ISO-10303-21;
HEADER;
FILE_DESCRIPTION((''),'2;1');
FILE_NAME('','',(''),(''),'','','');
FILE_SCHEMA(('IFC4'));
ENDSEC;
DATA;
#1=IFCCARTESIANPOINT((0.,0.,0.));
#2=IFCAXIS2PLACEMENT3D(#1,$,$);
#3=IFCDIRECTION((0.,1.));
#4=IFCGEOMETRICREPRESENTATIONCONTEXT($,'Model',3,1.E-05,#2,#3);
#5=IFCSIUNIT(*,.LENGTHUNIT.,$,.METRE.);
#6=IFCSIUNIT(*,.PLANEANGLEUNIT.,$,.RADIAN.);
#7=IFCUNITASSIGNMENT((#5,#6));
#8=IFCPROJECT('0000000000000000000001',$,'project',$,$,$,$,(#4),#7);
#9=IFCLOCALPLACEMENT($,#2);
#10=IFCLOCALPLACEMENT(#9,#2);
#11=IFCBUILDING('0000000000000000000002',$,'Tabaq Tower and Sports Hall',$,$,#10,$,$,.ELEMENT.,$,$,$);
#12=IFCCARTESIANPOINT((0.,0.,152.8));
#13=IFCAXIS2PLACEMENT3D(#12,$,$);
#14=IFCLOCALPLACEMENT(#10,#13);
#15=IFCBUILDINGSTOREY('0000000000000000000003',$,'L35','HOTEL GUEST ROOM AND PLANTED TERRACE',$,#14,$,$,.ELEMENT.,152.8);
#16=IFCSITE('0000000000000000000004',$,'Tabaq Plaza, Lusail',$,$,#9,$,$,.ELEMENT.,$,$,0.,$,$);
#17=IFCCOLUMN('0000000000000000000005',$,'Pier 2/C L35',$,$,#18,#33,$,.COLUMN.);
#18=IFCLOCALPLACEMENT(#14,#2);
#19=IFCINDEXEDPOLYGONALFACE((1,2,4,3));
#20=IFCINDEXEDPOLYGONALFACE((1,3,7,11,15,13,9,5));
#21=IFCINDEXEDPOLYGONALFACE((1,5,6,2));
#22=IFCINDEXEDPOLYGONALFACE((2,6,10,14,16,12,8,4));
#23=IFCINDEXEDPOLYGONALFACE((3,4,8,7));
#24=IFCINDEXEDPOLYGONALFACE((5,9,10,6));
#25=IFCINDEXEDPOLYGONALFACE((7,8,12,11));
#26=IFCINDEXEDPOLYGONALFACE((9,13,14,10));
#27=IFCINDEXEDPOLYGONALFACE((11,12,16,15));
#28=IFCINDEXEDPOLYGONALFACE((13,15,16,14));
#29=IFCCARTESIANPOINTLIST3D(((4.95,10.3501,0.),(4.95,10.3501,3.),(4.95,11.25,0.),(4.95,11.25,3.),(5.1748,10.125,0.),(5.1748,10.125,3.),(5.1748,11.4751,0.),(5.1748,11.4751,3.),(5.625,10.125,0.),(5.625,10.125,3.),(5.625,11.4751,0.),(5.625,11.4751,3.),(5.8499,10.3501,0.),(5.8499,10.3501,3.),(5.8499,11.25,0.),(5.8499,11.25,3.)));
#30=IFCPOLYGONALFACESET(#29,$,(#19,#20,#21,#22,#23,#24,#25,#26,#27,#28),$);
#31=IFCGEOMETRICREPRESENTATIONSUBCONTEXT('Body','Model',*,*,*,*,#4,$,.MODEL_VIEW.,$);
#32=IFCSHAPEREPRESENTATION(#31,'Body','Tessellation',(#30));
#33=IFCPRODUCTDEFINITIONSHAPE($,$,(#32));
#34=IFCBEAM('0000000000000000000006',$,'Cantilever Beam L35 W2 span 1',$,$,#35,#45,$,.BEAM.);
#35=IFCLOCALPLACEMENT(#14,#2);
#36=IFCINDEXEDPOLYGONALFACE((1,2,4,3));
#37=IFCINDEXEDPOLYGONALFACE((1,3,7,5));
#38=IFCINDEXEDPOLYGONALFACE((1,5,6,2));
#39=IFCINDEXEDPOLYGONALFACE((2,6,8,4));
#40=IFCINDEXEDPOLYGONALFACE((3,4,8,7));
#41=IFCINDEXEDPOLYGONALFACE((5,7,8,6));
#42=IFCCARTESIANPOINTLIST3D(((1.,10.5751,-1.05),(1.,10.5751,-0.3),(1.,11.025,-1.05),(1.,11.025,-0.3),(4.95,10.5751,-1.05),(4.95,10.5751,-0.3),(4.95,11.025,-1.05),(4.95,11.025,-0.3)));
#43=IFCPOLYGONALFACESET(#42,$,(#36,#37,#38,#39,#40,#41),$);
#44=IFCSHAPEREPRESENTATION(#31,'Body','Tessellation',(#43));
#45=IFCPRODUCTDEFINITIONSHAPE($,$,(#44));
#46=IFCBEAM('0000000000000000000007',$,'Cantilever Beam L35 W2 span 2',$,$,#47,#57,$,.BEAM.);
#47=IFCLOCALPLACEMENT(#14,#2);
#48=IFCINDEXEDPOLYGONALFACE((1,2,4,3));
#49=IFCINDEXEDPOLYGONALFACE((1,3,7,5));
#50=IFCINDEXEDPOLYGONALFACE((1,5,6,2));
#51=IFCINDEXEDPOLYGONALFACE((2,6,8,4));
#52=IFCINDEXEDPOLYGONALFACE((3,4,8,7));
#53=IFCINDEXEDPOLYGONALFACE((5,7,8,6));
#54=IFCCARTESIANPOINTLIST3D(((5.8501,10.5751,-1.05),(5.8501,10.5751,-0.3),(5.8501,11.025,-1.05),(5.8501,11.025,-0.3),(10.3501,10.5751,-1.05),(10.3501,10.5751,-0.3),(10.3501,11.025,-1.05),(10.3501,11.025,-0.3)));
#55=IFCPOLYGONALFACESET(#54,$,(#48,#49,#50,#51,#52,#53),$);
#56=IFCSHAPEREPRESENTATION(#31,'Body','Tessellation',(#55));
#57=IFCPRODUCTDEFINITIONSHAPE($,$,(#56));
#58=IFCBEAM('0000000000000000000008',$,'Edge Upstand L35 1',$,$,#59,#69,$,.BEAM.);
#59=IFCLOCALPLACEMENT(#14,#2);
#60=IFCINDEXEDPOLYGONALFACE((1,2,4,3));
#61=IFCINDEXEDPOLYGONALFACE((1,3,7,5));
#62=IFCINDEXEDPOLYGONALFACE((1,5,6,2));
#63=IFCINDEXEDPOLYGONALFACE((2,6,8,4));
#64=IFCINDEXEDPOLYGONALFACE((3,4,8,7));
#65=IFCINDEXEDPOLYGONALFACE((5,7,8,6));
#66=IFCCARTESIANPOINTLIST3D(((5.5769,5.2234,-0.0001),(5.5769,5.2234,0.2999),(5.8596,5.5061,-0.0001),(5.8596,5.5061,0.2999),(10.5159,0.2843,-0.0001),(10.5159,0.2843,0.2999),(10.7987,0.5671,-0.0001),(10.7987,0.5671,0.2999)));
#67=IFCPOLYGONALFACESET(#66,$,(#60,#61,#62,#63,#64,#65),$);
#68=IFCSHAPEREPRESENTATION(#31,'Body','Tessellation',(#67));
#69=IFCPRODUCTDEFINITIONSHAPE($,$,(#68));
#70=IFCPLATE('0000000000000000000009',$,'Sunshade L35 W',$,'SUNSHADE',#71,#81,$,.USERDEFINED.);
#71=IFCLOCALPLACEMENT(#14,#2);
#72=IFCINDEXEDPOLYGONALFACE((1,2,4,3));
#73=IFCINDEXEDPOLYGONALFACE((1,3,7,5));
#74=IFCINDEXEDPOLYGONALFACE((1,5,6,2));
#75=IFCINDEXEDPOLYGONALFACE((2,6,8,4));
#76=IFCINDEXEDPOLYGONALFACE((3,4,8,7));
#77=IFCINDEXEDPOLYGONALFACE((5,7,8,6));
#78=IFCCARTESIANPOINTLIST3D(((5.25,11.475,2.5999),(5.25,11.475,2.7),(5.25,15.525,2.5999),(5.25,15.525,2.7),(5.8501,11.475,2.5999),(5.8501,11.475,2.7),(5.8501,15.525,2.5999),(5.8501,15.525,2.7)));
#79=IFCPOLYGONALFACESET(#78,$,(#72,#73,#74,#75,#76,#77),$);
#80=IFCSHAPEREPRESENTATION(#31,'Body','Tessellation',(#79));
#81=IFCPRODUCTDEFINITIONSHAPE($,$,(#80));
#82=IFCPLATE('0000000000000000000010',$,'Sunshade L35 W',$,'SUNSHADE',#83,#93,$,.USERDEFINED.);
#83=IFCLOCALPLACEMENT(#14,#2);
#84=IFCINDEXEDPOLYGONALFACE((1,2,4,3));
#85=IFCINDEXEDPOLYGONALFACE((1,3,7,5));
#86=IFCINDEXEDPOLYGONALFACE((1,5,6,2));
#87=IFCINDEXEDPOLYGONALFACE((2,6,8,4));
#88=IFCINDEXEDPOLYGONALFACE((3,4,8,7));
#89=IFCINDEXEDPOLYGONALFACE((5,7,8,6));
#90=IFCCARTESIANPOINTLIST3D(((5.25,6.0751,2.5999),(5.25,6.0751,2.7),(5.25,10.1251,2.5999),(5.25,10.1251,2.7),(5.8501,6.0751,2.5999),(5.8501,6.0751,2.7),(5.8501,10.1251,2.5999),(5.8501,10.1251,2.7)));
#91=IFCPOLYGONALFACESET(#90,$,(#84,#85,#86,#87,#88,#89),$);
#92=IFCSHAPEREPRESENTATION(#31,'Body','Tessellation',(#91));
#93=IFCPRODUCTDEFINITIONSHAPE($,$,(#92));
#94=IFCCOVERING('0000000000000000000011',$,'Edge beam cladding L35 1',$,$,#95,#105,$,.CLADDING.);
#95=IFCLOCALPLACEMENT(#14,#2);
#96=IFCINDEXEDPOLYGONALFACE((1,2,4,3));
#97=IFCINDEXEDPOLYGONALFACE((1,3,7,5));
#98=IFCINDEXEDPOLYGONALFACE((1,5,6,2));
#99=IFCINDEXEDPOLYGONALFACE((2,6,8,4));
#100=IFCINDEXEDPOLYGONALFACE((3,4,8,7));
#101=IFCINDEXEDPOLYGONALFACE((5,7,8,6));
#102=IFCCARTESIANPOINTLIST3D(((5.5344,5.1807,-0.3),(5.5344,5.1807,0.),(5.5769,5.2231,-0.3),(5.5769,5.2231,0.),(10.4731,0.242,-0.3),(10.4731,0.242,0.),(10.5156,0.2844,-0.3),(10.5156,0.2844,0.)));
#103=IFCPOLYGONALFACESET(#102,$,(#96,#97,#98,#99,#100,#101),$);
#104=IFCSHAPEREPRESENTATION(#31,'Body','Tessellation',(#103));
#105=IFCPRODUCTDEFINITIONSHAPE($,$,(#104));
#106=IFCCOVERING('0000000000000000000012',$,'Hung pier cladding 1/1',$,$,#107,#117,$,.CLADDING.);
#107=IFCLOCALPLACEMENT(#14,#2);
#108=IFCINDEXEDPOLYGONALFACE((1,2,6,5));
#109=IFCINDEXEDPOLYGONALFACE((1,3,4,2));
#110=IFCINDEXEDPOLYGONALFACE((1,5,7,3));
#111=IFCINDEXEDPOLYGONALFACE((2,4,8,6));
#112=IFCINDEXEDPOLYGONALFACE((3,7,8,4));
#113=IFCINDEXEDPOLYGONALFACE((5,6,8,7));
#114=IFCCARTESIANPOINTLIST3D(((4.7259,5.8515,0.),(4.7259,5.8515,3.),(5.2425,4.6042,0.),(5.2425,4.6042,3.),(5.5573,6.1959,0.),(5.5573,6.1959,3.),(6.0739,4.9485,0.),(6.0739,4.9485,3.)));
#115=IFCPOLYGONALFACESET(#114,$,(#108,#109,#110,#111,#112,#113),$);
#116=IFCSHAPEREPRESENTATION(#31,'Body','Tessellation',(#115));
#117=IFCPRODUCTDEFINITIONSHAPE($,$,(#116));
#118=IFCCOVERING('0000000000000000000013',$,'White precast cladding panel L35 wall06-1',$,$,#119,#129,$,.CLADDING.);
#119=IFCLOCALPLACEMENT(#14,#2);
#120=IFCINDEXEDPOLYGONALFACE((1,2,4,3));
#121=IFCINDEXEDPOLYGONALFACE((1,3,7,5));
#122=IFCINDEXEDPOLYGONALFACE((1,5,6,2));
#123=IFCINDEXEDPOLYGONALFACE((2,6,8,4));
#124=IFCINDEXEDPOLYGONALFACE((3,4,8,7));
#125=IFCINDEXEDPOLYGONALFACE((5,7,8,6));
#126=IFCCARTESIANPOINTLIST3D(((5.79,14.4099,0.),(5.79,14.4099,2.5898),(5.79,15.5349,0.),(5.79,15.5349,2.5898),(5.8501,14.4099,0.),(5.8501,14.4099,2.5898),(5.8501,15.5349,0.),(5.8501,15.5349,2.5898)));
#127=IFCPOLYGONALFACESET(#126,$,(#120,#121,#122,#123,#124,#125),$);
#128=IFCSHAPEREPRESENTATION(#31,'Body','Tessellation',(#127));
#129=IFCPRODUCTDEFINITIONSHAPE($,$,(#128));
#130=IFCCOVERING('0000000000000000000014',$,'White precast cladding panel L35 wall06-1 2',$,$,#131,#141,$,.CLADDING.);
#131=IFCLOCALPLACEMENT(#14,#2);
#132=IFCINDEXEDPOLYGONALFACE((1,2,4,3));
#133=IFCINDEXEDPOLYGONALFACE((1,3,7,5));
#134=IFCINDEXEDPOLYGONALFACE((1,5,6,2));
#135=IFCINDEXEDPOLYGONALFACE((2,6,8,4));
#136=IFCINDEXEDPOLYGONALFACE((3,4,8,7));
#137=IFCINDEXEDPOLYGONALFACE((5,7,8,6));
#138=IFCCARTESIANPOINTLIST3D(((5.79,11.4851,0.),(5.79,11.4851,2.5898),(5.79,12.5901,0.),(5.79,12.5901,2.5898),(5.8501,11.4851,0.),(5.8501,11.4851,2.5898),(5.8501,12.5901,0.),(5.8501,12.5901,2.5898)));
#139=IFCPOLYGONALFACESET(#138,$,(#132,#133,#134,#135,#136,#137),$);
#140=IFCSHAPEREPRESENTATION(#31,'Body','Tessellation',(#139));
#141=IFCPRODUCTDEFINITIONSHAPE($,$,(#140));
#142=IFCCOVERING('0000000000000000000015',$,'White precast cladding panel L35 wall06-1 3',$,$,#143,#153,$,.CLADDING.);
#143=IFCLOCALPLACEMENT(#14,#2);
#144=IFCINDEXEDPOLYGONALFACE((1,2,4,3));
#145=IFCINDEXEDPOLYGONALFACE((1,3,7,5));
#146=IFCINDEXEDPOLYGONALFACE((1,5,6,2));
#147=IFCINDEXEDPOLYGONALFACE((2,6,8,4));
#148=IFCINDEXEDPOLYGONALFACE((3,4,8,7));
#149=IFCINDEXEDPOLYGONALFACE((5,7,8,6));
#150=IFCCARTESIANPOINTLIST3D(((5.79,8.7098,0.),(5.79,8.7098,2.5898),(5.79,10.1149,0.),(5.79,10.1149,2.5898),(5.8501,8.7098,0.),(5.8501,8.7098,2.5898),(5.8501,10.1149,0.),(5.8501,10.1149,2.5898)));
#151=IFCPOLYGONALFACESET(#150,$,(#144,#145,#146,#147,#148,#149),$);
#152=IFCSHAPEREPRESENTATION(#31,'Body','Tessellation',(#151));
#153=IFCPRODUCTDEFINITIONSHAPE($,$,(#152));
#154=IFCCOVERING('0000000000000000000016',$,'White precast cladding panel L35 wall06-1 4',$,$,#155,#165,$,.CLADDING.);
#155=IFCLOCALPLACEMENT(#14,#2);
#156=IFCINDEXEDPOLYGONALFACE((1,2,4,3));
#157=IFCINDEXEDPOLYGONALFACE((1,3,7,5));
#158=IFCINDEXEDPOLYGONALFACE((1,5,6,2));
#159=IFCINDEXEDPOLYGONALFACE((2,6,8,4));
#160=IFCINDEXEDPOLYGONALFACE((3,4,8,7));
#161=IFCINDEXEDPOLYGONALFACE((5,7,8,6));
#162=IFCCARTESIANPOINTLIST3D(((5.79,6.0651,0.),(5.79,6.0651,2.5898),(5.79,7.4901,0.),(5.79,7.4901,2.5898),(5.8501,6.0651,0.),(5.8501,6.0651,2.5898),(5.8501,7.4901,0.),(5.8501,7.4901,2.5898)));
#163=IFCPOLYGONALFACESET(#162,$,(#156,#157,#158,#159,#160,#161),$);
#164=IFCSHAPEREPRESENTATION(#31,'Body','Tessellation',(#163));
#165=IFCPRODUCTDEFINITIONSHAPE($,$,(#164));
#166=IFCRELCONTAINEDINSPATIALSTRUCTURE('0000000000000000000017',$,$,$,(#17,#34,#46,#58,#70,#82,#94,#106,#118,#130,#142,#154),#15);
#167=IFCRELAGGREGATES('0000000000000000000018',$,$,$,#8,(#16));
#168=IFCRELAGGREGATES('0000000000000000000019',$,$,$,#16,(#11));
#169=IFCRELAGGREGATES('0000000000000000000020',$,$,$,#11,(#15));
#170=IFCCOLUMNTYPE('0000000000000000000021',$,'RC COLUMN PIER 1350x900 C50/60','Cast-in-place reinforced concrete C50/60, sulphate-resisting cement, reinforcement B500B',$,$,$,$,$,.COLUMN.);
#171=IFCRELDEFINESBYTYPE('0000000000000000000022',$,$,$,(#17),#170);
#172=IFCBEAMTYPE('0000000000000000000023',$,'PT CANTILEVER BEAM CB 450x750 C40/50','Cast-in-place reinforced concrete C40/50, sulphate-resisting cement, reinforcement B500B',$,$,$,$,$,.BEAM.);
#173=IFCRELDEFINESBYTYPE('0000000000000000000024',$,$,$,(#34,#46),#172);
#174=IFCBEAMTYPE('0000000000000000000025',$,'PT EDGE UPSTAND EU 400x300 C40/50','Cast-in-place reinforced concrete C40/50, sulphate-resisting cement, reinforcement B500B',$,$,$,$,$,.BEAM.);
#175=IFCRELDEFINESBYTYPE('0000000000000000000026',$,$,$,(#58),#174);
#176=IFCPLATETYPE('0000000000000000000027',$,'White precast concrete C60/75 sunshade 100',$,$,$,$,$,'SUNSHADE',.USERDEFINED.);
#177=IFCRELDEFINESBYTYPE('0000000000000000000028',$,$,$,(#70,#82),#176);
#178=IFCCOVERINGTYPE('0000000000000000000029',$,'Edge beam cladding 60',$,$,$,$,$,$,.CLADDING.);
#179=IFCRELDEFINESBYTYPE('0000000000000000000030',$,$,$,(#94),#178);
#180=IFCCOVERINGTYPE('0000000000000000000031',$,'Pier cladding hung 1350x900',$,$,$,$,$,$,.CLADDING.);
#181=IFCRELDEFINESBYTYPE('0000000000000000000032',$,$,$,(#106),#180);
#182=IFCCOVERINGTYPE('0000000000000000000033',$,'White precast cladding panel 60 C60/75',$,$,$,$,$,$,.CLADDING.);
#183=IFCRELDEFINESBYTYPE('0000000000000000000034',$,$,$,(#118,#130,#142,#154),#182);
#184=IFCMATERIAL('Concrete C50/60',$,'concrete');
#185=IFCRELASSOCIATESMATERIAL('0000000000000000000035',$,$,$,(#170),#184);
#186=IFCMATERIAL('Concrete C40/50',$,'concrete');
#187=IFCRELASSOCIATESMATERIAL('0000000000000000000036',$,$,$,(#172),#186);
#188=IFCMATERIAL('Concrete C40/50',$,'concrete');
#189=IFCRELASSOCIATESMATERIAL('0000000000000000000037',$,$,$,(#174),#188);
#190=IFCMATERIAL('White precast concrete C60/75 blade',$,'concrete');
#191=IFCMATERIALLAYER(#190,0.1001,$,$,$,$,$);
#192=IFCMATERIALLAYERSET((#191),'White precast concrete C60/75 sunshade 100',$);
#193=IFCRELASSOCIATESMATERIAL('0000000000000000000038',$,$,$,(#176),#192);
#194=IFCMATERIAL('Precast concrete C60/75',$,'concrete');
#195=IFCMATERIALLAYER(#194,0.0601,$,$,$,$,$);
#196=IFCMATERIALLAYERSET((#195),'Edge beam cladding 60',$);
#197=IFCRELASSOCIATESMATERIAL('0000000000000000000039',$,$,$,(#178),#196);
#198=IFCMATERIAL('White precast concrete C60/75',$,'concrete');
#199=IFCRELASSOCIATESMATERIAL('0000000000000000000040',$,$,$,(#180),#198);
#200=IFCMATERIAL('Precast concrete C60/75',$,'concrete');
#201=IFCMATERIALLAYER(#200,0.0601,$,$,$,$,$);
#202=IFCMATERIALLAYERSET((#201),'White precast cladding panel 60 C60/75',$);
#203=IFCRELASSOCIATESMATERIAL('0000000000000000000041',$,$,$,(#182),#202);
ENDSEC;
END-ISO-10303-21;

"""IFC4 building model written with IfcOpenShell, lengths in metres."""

from ifc_helpers import new_model, si_unit, direction, frame, frame_2d, origin, origin_2d, place, context, subcontext, project, spatial, polyline, rectangle, outline, extrude, material, layer, layer_set, material_profile, profile_set, type_object, element, save


model = new_model("IFC4")

# Units and contexts
model_context = context("Model", 3, precision=1e-05, world=origin(), true_north=direction((0.0, 1.0)))
body_context = subcontext(model_context, "Body", "Model", "MODEL_VIEW")
ifc_project = project(units=[si_unit("LENGTHUNIT", "METRE"), si_unit("PLANEANGLEUNIT", "RADIAN")], contexts=[model_context])

# Site, building, storey
site_placement = place(None, origin())
site = spatial("IfcSite", under=ifc_project, at=site_placement, Name="Tabaq Plaza, Lusail", CompositionType="ELEMENT", RefElevation=0.0)
building_placement = place(site_placement, origin())
building = spatial("IfcBuilding", under=site, at=building_placement, Name="Tabaq Tower and Sports Hall", CompositionType="ELEMENT")
storey_placement = place(building_placement, frame((0.0, 0.0, 152.8)))
storey = spatial("IfcBuildingStorey", under=building, at=storey_placement, Name="L35", Description="HOTEL GUEST ROOM AND PLANTED TERRACE", CompositionType="ELEMENT", Elevation=152.8)

# Column
ifc_material_1 = material(Name="Concrete C50/60", Category="concrete")
ifc_material_profile_1 = material_profile(ifc_material_1, outline(polyline([(-0.45, -0.45), (0.45, -0.45), (0.675, -0.2251), (0.675, 0.2251), (0.45, 0.45), (-0.45, 0.45), (-0.675, 0.2251), (-0.675, -0.2251), (-0.45, -0.45)])), Name="PIER 1350x900")
ifc_profile_set_1 = profile_set([ifc_material_profile_1], Name="Concrete C50/60")
column_type = type_object("IfcColumnType", Name="RC COLUMN PIER 1350x900 C50/60", Description="Cast-in-place reinforced concrete C50/60, sulphate-resisting cement, reinforcement B500B", PredefinedType="COLUMN", material=ifc_profile_set_1)
column_placement = place(storey_placement, frame((5.3999, 10.8, 0.0), z_axis=(0.0, 0.0, 1.0), x_axis=(0.0, 1.0, 0.0)))
element("IfcColumn", 1, at=column_placement, inside=storey, type_object=column_type, Name="Pier 2/C L35", PredefinedType="COLUMN", context=body_context, shape_type="SweptSolid", body=[
    extrude(outline(polyline([(-0.45, -0.45), (0.45, -0.45), (0.675, -0.2251), (0.675, 0.2251), (0.45, 0.45), (-0.45, 0.45), (-0.675, 0.2251), (-0.675, -0.2251), (-0.45, -0.45)])), origin(), (0.0, 0.0, 1.0), 3.0),
])

# Beams
ifc_material_2 = material(Name="Concrete C40/50", Category="concrete")
ifc_material_profile_2 = material_profile(ifc_material_2, rectangle(XDim=0.45, YDim=0.75, at=origin_2d()), Name="CB 450x750")
ifc_profile_set_2 = profile_set([ifc_material_profile_2], Name="Concrete C40/50")
beam_type_1 = type_object("IfcBeamType", Name="PT CANTILEVER BEAM CB 450x750 C40/50", Description="Cast-in-place reinforced concrete C40/50, sulphate-resisting cement, reinforcement B500B", PredefinedType="BEAM", material=ifc_profile_set_2)
beam_1_placement = place(storey_placement, frame((1.0, 10.8, -0.675), z_axis=(1.0, 0.0, 0.0), x_axis=(0.0, 1.0, 0.0)))
element("IfcBeam", 2, at=beam_1_placement, inside=storey, type_object=beam_type_1, Name="Cantilever Beam L35 W2 span 1", PredefinedType="BEAM", context=body_context, shape_type="SweptSolid", body=[
    extrude(rectangle(XDim=0.45, YDim=0.75, at=origin_2d()), origin(), (0.0, 0.0, 1.0), 3.95),
])
beam_2_placement = place(storey_placement, frame((5.8501, 10.8, -0.675), z_axis=(1.0, 0.0, 0.0), x_axis=(0.0, 1.0, 0.0)))
element("IfcBeam", 3, at=beam_2_placement, inside=storey, type_object=beam_type_1, Name="Cantilever Beam L35 W2 span 2", PredefinedType="BEAM", context=body_context, shape_type="SweptSolid", body=[
    extrude(rectangle(XDim=0.45, YDim=0.75, at=origin_2d()), origin(), (0.0, 0.0, 1.0), 4.5),
])
ifc_material_3 = material(Name="Concrete C40/50", Category="concrete")
ifc_material_profile_3 = material_profile(ifc_material_3, rectangle(XDim=0.3999, YDim=0.3, at=origin_2d()), Name="EU 400x300")
ifc_profile_set_3 = profile_set([ifc_material_profile_3], Name="Concrete C40/50")
beam_type_2 = type_object("IfcBeamType", Name="PT EDGE UPSTAND EU 400x300 C40/50", Description="Cast-in-place reinforced concrete C40/50, sulphate-resisting cement, reinforcement B500B", PredefinedType="BEAM", material=ifc_profile_set_3)
beam_3_placement = place(storey_placement, frame((5.7183, 5.3647, 0.1499), z_axis=(0.707107, -0.707107, 0.0), x_axis=(0.707107, 0.707107, 0.0)))
element("IfcBeam", 4, at=beam_3_placement, inside=storey, type_object=beam_type_2, Name="Edge Upstand L35 1", PredefinedType="BEAM", context=body_context, shape_type="SweptSolid", body=[
    extrude(rectangle(XDim=0.3999, YDim=0.3, at=origin_2d()), origin(), (0.0, 0.0, 1.0), 6.9849),
])

# Plates
ifc_material_4 = material(Name="White precast concrete C60/75 blade", Category="concrete")
ifc_layer_1 = layer(ifc_material_4, 0.1001)
ifc_layer_set_1 = layer_set([ifc_layer_1], Name="White precast concrete C60/75 sunshade 100")
plate_type = type_object("IfcPlateType", Name="White precast concrete C60/75 sunshade 100", ElementType="SUNSHADE", PredefinedType="USERDEFINED", material=ifc_layer_set_1)
for number, where, z_axis, x_axis, name in (
    (5, (5.55, 13.5, 2.5999), (0.0, 0.0, 1.0), (0.0, -1.0, 0.0), "Sunshade L35 W"),
    (6, (5.55, 8.1001, 2.5999), (0.0, 0.0, 1.0), (0.0, -1.0, 0.0), "Sunshade L35 W"),
):
    element("IfcPlate", number, at=place(storey_placement, frame(where, z_axis=z_axis, x_axis=x_axis)), inside=storey, type_object=plate_type, Name=name, ObjectType="SUNSHADE", PredefinedType="USERDEFINED", context=body_context, shape_type="SweptSolid", body=[
        extrude(rectangle(XDim=4.05, YDim=0.6001, at=origin_2d()), origin(), (0.0, 0.0, 1.0), 0.1001),
    ])

# Covering
ifc_material_5 = material(Name="Precast concrete C60/75", Category="concrete")
ifc_layer_2 = layer(ifc_material_5, 0.0601)
ifc_layer_set_2 = layer_set([ifc_layer_2], Name="Edge beam cladding 60")
covering_type_1 = type_object("IfcCoveringType", Name="Edge beam cladding 60", PredefinedType="CLADDING", material=ifc_layer_set_2)
covering_1_placement = place(storey_placement, frame((5.5557, 5.2019, -0.3), z_axis=(0.0, 0.0, 1.0), x_axis=(0.707107, -0.707107, 0.0)))
element("IfcCovering", 7, at=covering_1_placement, inside=storey, type_object=covering_type_1, Name="Edge beam cladding L35 1", PredefinedType="CLADDING", context=body_context, shape_type="SweptSolid", body=[
    extrude(rectangle(XDim=6.9844, YDim=0.0601, at=frame_2d((3.4922, 0.0))), origin(), (0.0, 0.0, 1.0), 0.3),
])

# Coverings
ifc_material_6 = material(Name="White precast concrete C60/75", Category="concrete")
covering_type_2 = type_object("IfcCoveringType", Name="Pier cladding hung 1350x900", PredefinedType="CLADDING", material=ifc_material_6)
covering_2_placement = place(storey_placement, frame((5.1416, 6.0237, 0.0), z_axis=(0.0, 0.0, 1.0), x_axis=(0.38265, -0.923893, 0.0)))
element("IfcCovering", 8, at=covering_2_placement, inside=storey, type_object=covering_type_2, Name="Hung pier cladding 1/1", PredefinedType="CLADDING", context=body_context, shape_type="SweptSolid", body=[
    extrude(rectangle(XDim=1.3501, YDim=0.8999, at=frame_2d((0.675, 0.0))), origin(), (0.0, 0.0, 1.0), 3.0),
])
ifc_material_7 = material(Name="Precast concrete C60/75", Category="concrete")
ifc_layer_3 = layer(ifc_material_7, 0.0601)
ifc_layer_set_3 = layer_set([ifc_layer_3], Name="White precast cladding panel 60 C60/75")
covering_type_3 = type_object("IfcCoveringType", Name="White precast cladding panel 60 C60/75", PredefinedType="CLADDING", material=ifc_layer_set_3)
covering_3_placement = place(storey_placement, frame((5.8201, 15.5349, 0.0), z_axis=(0.0, 0.0, 1.0), x_axis=(0.0, -1.0, 0.0)))
element("IfcCovering", 9, at=covering_3_placement, inside=storey, type_object=covering_type_3, Name="White precast cladding panel L35 wall06-1", PredefinedType="CLADDING", context=body_context, shape_type="SweptSolid", body=[
    extrude(rectangle(XDim=1.125, YDim=0.0601, at=frame_2d((0.5625, 0.0))), origin(), (0.0, 0.0, 1.0), 2.5898),
])
covering_4_placement = place(storey_placement, frame((5.8201, 12.5901, 0.0), z_axis=(0.0, 0.0, 1.0), x_axis=(0.0, -1.0, 0.0)))
element("IfcCovering", 10, at=covering_4_placement, inside=storey, type_object=covering_type_3, Name="White precast cladding panel L35 wall06-1 2", PredefinedType="CLADDING", context=body_context, shape_type="SweptSolid", body=[
    extrude(rectangle(XDim=1.105, YDim=0.0601, at=frame_2d((0.5525, 0.0))), origin(), (0.0, 0.0, 1.0), 2.5898),
])
covering_5_placement = place(storey_placement, frame((5.8201, 10.115, 0.0), z_axis=(0.0, 0.0, 1.0), x_axis=(0.0, -1.0, 0.0)))
element("IfcCovering", 11, at=covering_5_placement, inside=storey, type_object=covering_type_3, Name="White precast cladding panel L35 wall06-1 3", PredefinedType="CLADDING", context=body_context, shape_type="SweptSolid", body=[
    extrude(rectangle(XDim=1.405, YDim=0.0601, at=frame_2d((0.7026, 0.0))), origin(), (0.0, 0.0, 1.0), 2.5898),
])
covering_6_placement = place(storey_placement, frame((5.8201, 7.49, 0.0), z_axis=(0.0, 0.0, 1.0), x_axis=(0.0, -1.0, 0.0)))
element("IfcCovering", 12, at=covering_6_placement, inside=storey, type_object=covering_type_3, Name="White precast cladding panel L35 wall06-1 4", PredefinedType="CLADDING", context=body_context, shape_type="SweptSolid", body=[
    extrude(rectangle(XDim=1.425, YDim=0.0601, at=frame_2d((0.7124, 0.0))), origin(), (0.0, 0.0, 1.0), 2.5898),
])

save(model, "model.ifc")
